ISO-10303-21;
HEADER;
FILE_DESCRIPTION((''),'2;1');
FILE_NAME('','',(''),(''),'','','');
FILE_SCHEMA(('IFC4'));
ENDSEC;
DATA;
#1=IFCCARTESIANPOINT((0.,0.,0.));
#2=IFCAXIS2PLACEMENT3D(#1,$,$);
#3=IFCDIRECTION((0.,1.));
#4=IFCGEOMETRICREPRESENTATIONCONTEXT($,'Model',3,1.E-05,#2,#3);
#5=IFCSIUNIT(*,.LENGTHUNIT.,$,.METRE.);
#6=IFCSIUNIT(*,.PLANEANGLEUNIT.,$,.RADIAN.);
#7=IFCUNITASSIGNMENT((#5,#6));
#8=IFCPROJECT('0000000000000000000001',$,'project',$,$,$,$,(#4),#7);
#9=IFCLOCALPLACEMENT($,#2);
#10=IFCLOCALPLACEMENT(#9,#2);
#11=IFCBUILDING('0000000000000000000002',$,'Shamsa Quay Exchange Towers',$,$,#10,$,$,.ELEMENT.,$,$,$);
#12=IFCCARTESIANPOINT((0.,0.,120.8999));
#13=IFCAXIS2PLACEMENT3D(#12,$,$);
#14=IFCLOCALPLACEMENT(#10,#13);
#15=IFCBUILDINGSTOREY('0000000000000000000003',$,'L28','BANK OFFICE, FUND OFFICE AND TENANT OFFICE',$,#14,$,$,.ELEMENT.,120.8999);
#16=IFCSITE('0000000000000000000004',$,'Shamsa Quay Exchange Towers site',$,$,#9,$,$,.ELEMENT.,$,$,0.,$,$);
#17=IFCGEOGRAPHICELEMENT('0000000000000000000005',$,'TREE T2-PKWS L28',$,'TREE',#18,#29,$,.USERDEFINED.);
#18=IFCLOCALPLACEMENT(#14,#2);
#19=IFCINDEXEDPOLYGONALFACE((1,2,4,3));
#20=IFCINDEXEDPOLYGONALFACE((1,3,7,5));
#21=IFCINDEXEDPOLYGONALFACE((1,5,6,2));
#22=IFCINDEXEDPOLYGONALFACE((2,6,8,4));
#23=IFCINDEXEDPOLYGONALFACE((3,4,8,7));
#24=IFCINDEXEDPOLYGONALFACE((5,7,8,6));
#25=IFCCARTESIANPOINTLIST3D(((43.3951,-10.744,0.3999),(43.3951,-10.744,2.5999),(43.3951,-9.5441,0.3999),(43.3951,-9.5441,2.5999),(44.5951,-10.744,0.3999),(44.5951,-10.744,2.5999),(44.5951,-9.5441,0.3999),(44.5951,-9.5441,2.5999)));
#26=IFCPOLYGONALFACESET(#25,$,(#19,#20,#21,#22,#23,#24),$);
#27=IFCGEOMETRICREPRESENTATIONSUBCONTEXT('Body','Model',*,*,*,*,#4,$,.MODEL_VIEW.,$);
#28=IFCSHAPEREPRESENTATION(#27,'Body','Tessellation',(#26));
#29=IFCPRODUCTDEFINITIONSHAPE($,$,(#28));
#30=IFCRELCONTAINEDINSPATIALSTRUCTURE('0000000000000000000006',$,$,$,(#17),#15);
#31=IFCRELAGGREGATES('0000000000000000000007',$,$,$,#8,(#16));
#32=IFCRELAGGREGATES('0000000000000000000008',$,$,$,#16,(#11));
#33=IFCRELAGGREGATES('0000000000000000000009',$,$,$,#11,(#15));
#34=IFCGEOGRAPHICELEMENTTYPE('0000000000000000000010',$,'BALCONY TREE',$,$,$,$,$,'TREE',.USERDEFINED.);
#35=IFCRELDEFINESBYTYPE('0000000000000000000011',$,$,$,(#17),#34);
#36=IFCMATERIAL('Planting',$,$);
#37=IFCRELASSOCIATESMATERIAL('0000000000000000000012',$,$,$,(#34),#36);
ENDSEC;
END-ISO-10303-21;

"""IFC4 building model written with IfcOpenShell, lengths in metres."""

from ifc_helpers import new_model, si_unit, direction, frame, origin, origin_2d, place, context, subcontext, project, spatial, rectangle, extrude, material, type_object, element, save


model = new_model("IFC4")

# Units and contexts
model_context = context("Model", 3, precision=1e-05, world=origin(), true_north=direction((0.0, 1.0)))
body_context = subcontext(model_context, "Body", "Model", "MODEL_VIEW")
ifc_project = project(units=[si_unit("LENGTHUNIT", "METRE"), si_unit("PLANEANGLEUNIT", "RADIAN")], contexts=[model_context])

# Site, building, storey
site_placement = place(None, origin())
site = spatial("IfcSite", under=ifc_project, at=site_placement, Name="Shamsa Quay Exchange Towers site", CompositionType="ELEMENT", RefElevation=0.0)
building_placement = place(site_placement, origin())
building = spatial("IfcBuilding", under=site, at=building_placement, Name="Shamsa Quay Exchange Towers", CompositionType="ELEMENT")
storey_placement = place(building_placement, frame((0.0, 0.0, 120.8999)))
storey = spatial("IfcBuildingStorey", under=building, at=storey_placement, Name="L28", Description="BANK OFFICE, FUND OFFICE AND TENANT OFFICE", CompositionType="ELEMENT", Elevation=120.8999)

# Geographic element
ifc_material_1 = material(Name="Planting")
geographic_element_type = type_object("IfcGeographicElementType", Name="BALCONY TREE", ElementType="TREE", PredefinedType="USERDEFINED", material=ifc_material_1)
geographic_element_placement = place(storey_placement, frame((43.9951, -10.144, 0.3999), z_axis=(0.0, 0.0, 1.0), x_axis=(0.0, 1.0, 0.0)))
element("IfcGeographicElement", 1, at=geographic_element_placement, inside=storey, type_object=geographic_element_type, Name="TREE T2-PKWS L28", ObjectType="TREE", PredefinedType="USERDEFINED", context=body_context, shape_type="SweptSolid", body=[
    extrude(rectangle(XDim=1.2, YDim=1.2, at=origin_2d()), origin(), (0.0, 0.0, 1.0), 2.2),
])

save(model, "model.ifc")
